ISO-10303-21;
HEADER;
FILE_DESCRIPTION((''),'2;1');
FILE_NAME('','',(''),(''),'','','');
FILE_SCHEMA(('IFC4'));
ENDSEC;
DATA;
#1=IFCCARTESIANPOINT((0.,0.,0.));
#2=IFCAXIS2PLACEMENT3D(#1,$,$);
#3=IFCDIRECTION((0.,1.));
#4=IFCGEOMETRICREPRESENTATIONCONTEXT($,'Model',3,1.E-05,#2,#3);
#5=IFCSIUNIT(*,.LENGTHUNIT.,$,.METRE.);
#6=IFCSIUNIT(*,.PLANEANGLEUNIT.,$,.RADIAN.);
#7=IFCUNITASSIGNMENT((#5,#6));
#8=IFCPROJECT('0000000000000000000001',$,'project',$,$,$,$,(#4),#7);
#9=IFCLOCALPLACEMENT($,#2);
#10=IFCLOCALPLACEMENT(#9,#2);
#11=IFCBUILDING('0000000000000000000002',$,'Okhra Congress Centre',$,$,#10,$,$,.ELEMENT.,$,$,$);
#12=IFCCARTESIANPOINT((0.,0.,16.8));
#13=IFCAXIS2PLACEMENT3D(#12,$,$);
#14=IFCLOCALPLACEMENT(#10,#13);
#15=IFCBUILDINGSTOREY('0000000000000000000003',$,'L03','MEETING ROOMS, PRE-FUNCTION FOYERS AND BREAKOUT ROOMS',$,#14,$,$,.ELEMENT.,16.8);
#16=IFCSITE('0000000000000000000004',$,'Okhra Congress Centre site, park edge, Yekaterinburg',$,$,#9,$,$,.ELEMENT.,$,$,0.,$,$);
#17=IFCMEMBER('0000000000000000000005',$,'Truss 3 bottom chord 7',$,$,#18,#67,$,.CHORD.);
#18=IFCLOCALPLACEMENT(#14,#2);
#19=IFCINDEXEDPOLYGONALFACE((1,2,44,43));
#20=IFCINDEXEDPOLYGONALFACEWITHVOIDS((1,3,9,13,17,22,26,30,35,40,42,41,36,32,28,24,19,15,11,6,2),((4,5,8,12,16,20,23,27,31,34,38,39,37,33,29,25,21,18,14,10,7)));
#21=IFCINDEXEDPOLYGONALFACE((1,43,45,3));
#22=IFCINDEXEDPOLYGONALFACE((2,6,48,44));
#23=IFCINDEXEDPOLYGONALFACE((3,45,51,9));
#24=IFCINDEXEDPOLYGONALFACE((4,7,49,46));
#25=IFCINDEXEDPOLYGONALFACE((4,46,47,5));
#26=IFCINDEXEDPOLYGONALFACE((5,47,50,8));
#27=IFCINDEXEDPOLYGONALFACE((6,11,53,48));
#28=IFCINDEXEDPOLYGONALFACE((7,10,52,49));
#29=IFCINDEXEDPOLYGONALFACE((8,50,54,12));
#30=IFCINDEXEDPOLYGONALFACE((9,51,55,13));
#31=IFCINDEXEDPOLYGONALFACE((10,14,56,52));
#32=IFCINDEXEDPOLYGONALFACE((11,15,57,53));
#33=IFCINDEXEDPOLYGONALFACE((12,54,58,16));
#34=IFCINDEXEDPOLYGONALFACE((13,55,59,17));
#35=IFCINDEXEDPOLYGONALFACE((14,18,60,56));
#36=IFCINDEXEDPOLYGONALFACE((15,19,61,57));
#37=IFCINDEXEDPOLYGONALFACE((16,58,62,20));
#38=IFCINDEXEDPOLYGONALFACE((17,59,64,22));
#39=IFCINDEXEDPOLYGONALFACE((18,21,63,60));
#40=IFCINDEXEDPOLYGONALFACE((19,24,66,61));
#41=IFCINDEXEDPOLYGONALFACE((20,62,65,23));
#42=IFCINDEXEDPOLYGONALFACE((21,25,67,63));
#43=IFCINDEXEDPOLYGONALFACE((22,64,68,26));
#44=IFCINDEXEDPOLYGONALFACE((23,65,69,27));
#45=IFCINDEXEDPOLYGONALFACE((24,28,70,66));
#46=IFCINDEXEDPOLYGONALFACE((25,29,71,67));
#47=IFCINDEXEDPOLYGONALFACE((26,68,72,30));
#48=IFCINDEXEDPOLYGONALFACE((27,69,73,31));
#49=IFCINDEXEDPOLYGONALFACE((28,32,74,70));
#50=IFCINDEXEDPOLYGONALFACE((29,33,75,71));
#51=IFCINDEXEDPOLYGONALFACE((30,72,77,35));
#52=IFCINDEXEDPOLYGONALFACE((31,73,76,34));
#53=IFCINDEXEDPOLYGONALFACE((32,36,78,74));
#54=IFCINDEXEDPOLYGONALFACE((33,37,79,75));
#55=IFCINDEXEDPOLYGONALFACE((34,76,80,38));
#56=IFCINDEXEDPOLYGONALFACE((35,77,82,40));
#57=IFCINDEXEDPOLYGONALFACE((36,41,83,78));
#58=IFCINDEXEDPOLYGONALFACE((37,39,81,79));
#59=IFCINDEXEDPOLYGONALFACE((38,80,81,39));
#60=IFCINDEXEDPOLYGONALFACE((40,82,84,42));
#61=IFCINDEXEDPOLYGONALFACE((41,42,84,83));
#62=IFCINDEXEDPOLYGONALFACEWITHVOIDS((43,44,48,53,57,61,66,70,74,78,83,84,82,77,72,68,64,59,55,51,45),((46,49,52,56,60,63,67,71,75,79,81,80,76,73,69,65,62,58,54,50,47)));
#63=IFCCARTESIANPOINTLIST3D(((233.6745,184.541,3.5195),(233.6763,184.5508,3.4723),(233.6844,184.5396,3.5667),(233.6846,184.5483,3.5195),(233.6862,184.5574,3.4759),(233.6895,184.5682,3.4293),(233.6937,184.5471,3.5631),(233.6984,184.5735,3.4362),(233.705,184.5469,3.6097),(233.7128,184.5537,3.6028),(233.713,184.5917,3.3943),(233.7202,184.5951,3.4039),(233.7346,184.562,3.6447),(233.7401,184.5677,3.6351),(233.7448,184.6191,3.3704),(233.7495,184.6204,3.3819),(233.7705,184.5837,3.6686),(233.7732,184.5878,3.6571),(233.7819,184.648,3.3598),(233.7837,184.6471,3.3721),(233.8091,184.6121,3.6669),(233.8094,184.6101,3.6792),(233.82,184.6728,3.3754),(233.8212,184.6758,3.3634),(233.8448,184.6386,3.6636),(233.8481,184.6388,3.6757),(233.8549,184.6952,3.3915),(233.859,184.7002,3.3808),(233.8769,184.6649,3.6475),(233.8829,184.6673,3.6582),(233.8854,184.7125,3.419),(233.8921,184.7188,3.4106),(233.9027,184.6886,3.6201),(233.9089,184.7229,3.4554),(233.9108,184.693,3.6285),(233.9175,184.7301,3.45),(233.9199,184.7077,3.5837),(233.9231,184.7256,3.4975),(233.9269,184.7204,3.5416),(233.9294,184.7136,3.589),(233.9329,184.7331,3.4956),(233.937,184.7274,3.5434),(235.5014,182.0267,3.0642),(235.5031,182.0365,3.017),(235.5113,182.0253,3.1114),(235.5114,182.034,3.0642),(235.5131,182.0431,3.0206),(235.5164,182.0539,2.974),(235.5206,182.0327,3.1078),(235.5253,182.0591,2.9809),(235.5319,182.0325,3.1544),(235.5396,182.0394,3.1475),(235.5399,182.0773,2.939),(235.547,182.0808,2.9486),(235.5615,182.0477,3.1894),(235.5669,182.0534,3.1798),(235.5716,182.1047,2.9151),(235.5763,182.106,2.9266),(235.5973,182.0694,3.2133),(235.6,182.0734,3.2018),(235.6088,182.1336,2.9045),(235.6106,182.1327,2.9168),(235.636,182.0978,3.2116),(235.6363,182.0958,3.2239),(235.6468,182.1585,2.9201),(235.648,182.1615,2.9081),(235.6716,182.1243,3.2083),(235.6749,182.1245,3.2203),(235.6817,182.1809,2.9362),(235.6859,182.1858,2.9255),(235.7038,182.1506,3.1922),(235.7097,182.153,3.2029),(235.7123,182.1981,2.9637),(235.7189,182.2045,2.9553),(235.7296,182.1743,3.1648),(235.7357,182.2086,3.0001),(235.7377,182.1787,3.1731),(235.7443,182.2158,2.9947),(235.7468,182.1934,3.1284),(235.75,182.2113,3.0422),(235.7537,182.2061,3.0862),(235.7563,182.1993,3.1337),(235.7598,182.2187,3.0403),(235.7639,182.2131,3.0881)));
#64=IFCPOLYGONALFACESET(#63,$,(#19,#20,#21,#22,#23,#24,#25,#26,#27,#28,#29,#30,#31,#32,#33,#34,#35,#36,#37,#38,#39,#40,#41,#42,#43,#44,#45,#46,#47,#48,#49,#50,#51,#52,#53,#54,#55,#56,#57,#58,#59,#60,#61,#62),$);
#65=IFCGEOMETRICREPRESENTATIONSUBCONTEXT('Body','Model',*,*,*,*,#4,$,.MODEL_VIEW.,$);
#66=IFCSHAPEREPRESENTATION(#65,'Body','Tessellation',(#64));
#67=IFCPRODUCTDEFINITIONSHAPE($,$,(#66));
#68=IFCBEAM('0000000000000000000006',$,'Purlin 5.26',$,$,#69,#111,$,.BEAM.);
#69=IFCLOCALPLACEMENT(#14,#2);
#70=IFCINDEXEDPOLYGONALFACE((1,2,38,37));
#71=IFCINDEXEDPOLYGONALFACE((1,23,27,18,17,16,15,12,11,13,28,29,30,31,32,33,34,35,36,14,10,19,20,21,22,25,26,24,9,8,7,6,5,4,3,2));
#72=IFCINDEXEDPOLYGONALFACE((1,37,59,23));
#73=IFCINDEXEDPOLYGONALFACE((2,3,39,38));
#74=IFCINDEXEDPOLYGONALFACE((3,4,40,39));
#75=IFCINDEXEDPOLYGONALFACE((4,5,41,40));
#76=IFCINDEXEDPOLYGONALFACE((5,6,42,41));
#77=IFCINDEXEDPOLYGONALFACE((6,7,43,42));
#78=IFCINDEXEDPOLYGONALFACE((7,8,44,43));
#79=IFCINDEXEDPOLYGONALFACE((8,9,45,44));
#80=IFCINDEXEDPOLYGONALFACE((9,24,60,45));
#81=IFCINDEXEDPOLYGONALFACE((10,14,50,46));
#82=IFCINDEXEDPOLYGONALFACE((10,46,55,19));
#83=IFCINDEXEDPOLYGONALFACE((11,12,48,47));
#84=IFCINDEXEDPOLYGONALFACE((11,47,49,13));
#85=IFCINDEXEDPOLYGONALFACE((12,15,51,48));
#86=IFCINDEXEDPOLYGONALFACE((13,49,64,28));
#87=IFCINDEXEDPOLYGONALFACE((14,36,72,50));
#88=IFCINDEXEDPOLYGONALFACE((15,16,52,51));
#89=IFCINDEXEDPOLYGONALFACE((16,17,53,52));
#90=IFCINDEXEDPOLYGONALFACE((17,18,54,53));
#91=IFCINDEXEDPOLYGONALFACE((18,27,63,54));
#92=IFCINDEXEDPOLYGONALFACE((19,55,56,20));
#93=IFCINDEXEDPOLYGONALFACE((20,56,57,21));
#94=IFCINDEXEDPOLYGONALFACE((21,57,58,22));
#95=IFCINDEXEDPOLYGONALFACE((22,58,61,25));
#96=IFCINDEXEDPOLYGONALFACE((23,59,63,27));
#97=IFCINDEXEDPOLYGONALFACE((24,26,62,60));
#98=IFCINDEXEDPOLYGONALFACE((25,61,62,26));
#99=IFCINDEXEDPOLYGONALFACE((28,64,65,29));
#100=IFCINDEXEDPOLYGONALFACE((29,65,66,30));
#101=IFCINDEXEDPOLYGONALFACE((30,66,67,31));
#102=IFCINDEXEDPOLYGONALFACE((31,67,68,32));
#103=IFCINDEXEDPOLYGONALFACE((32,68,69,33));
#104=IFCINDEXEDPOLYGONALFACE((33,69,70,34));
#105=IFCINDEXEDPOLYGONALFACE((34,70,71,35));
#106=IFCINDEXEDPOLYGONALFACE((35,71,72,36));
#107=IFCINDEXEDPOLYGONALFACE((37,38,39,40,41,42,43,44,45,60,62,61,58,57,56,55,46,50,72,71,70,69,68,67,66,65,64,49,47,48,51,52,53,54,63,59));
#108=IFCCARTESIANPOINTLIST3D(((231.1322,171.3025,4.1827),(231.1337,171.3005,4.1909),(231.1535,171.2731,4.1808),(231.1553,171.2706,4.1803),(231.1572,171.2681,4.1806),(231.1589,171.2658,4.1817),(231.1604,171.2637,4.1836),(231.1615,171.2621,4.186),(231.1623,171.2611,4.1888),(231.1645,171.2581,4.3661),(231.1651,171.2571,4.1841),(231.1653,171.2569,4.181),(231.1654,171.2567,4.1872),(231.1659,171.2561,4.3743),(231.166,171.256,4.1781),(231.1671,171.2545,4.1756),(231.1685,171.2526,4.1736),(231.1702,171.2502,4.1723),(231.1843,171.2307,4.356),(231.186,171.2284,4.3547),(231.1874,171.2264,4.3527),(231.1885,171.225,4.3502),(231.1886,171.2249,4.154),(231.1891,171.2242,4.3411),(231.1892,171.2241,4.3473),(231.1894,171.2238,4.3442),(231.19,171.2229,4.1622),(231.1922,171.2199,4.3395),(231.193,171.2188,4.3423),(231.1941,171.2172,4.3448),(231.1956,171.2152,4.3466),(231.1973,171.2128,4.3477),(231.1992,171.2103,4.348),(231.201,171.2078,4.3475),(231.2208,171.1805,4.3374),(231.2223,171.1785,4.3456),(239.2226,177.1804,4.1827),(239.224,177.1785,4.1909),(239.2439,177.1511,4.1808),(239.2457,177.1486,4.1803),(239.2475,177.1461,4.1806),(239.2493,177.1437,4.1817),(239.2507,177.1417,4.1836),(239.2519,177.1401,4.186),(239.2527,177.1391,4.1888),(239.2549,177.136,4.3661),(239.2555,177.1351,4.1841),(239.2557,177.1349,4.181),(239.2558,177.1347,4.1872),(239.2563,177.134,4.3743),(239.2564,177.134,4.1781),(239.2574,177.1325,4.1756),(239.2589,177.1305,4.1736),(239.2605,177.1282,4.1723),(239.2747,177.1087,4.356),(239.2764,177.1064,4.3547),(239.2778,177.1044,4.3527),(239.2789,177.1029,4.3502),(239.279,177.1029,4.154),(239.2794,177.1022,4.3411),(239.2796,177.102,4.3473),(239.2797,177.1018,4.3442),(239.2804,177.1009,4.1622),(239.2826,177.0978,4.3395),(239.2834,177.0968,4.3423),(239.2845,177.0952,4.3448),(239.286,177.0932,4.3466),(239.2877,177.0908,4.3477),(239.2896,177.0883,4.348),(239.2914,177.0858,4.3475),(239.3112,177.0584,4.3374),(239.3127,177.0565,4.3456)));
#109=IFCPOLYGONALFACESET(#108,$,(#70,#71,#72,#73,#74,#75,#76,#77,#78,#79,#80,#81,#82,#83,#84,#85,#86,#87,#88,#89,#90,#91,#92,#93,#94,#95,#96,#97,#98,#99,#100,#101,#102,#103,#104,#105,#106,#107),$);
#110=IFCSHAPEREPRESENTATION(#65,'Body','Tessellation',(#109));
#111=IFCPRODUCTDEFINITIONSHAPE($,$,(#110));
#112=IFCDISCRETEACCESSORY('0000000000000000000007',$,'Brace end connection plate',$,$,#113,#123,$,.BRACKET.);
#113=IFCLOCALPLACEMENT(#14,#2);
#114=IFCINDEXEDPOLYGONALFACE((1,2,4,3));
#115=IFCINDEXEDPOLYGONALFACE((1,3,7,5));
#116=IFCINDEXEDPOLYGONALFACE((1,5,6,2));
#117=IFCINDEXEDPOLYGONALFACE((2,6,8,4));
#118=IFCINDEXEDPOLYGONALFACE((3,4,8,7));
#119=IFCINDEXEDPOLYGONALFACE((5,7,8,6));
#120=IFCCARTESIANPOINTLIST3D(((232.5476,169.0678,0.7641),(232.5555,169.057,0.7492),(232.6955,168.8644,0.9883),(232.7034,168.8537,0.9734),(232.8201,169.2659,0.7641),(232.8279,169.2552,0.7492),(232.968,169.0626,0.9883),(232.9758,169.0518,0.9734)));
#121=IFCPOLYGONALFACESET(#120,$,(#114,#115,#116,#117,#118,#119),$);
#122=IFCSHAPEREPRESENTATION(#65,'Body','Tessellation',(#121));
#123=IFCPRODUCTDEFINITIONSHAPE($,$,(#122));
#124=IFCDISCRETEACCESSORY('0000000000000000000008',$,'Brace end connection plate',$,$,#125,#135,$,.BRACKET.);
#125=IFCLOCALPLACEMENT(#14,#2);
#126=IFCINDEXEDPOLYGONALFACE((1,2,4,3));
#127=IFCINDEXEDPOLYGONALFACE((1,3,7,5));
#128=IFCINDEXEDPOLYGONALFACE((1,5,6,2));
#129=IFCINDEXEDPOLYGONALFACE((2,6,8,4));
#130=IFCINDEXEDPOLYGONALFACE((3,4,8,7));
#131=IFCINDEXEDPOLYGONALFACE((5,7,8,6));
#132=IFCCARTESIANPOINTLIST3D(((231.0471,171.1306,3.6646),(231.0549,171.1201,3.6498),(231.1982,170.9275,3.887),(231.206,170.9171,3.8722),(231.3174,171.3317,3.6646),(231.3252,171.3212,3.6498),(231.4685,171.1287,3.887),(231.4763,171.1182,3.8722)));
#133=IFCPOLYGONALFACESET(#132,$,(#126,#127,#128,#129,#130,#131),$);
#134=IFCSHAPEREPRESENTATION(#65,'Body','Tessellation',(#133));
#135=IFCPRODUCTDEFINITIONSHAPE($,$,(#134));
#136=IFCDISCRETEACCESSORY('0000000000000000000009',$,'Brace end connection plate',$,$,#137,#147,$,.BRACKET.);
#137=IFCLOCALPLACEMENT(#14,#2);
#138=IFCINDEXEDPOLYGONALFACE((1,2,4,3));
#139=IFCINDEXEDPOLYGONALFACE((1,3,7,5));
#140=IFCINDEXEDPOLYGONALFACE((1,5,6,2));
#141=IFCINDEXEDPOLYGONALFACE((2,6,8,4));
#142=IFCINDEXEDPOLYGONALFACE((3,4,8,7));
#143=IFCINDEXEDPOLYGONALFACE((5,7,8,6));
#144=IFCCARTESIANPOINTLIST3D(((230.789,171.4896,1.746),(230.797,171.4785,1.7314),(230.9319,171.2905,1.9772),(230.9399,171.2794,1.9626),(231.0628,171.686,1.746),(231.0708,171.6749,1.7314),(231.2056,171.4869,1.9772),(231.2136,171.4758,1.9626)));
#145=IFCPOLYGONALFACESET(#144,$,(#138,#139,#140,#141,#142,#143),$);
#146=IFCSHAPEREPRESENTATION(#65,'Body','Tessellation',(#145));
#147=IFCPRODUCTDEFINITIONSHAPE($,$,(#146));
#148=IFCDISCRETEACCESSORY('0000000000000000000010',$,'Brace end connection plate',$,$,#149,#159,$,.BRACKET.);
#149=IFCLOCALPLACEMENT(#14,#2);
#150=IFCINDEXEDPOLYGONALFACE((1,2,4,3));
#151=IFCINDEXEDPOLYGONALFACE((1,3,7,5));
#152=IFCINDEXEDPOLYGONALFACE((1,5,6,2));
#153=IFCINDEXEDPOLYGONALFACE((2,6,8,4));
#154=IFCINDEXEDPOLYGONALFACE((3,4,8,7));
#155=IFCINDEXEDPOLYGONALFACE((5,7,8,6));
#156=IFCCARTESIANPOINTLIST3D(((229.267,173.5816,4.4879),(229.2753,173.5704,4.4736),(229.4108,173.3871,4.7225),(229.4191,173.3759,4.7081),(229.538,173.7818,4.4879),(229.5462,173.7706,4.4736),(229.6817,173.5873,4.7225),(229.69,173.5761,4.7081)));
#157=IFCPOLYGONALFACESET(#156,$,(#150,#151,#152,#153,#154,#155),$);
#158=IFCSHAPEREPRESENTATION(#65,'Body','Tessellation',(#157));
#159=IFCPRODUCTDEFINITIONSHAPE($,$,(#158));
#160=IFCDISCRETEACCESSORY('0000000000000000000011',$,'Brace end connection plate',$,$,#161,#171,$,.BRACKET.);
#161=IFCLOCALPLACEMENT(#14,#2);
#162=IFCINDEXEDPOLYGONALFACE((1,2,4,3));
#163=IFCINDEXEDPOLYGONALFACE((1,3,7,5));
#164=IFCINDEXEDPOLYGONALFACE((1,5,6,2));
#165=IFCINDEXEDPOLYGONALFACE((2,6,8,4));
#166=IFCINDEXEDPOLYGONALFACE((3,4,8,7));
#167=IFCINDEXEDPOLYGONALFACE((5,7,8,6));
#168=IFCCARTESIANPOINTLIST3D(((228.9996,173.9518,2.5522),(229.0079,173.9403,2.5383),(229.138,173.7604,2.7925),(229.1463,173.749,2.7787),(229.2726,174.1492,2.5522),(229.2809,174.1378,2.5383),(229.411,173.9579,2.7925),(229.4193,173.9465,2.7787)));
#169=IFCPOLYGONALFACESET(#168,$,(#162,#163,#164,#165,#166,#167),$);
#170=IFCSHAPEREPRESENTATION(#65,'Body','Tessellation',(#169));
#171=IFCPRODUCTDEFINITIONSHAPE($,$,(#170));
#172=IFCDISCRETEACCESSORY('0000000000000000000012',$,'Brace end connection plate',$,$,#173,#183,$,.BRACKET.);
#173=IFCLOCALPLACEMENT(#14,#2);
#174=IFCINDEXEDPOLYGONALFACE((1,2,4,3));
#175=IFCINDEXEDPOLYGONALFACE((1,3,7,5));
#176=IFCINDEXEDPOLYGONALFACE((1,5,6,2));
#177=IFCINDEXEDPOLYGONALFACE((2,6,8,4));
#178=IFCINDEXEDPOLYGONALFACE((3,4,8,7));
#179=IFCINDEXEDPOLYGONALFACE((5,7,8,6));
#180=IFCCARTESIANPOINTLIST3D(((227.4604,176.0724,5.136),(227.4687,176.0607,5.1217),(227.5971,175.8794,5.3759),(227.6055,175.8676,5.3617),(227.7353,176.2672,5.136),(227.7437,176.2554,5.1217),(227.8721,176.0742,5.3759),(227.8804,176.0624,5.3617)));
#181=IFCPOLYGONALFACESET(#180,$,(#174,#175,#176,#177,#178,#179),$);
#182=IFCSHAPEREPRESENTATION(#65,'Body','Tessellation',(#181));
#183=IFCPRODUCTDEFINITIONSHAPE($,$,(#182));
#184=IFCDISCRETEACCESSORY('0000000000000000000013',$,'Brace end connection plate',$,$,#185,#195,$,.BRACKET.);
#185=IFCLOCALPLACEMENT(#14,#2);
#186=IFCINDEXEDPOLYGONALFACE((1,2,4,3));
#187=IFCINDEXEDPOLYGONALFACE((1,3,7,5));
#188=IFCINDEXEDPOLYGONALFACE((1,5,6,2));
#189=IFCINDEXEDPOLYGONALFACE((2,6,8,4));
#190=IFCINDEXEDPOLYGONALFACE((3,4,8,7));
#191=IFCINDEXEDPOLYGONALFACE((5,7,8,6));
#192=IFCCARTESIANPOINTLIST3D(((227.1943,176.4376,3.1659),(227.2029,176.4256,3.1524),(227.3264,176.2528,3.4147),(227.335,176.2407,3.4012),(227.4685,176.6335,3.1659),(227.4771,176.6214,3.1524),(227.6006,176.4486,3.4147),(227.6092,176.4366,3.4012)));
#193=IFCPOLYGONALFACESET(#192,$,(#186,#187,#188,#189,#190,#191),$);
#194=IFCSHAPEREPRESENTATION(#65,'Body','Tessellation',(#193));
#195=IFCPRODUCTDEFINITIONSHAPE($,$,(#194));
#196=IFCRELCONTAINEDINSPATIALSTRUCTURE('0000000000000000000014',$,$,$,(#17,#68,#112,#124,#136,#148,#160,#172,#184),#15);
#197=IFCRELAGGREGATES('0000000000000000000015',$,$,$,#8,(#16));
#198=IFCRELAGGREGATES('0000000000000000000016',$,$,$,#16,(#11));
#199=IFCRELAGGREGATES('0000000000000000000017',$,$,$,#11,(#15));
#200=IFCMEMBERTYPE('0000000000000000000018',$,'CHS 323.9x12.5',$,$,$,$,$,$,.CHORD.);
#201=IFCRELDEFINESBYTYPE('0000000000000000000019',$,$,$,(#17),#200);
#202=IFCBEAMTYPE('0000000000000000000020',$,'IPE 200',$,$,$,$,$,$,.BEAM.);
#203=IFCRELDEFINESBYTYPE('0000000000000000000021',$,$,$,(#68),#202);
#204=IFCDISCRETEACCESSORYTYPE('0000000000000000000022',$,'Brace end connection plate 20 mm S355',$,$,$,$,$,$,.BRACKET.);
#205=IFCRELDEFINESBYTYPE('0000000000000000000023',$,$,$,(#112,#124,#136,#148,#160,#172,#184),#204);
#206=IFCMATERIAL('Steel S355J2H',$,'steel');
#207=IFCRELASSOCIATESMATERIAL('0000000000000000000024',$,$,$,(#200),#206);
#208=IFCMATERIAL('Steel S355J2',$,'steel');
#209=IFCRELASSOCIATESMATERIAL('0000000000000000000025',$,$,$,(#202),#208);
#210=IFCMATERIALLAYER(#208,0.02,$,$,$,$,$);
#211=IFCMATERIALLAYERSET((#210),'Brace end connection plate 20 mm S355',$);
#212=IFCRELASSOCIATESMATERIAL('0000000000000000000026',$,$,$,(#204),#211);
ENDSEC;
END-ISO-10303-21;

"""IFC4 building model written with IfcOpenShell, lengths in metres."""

from ifc_helpers import new_model, si_unit, direction, frame, origin, origin_2d, place, context, subcontext, project, spatial, rectangle, hollow_circle, i_section, extrude, material, layer, layer_set, material_profile, profile_set, type_object, element, save


model = new_model("IFC4")

# Units and contexts
model_context = context("Model", 3, precision=1e-05, world=origin(), true_north=direction((0.0, 1.0)))
body_context = subcontext(model_context, "Body", "Model", "MODEL_VIEW")
ifc_project = project(units=[si_unit("LENGTHUNIT", "METRE"), si_unit("PLANEANGLEUNIT", "RADIAN")], contexts=[model_context])

# Site, building, storey
site_placement = place(None, origin())
site = spatial("IfcSite", under=ifc_project, at=site_placement, Name="Okhra Congress Centre site, park edge, Yekaterinburg", CompositionType="ELEMENT", RefElevation=0.0)
building_placement = place(site_placement, origin())
building = spatial("IfcBuilding", under=site, at=building_placement, Name="Okhra Congress Centre", CompositionType="ELEMENT")
storey_placement = place(building_placement, frame((0.0, 0.0, 16.8)))
storey = spatial("IfcBuildingStorey", under=building, at=storey_placement, Name="L03", Description="MEETING ROOMS, PRE-FUNCTION FOYERS AND BREAKOUT ROOMS", CompositionType="ELEMENT", Elevation=16.8)

# Member
ifc_material_1 = material(Name="Steel S355J2H", Category="steel")
ifc_material_profile_1 = material_profile(ifc_material_1, hollow_circle(Radius=0.1619, WallThickness=0.0125, at=origin_2d()), Name="CHS 323.9x12.5")
ifc_profile_set_1 = profile_set([ifc_material_profile_1], Name="Steel S355J2H")
member_type_1 = type_object("IfcMemberType", Name="CHS 323.9x12.5", PredefinedType="CHORD", material=ifc_profile_set_1)
for number, where, z_axis, x_axis, name in (
    (1, (235.6323, 182.1218, 3.0642), (-0.581595, 0.80046, 0.144952), (-0.809004, -0.587803, 0.0), "Truss 3 bottom chord 7"),
):
    element("IfcMember", number, at=place(storey_placement, frame(where, z_axis=z_axis, x_axis=x_axis)), inside=storey, type_object=member_type_1, Name=name, PredefinedType="CHORD", context=body_context, shape_type="SweptSolid", body=[
        extrude(hollow_circle(Radius=0.1619, WallThickness=0.0125, at=origin_2d()), origin(), (0.0, 0.0, 1.0), 3.1411),
    ])

# Beam
ifc_material_2 = material(Name="Steel S355J2", Category="steel")
ifc_material_profile_2 = material_profile(ifc_material_2, i_section(OverallWidth=0.1001, OverallDepth=0.2, WebThickness=0.0056, FlangeThickness=0.0085, FilletRadius=0.012, at=origin_2d()), Name="IPE 200")
ifc_profile_set_2 = profile_set([ifc_material_profile_2], Name="Steel S355J2")
beam_type = type_object("IfcBeamType", Name="IPE 200", PredefinedType="BEAM", material=ifc_profile_set_2)
beam_placement = place(storey_placement, frame((231.1772, 171.2405, 4.2642), z_axis=(0.809019, 0.587783, 0.0), x_axis=(-0.56309, 0.775032, 0.286803)))
element("IfcBeam", 2, at=beam_placement, inside=storey, type_object=beam_type, Name="Purlin 5.26", PredefinedType="BEAM", context=body_context, shape_type="SweptSolid", body=[
    extrude(i_section(OverallWidth=0.1001, OverallDepth=0.2, WebThickness=0.0056, FlangeThickness=0.0085, FilletRadius=0.012, at=origin_2d()), origin(), (0.0, 0.0, 1.0), 10.0002),
])

# Discrete accessories
ifc_layer = layer(ifc_material_2, 0.02)
ifc_layer_set = layer_set([ifc_layer], Name="Brace end connection plate 20 mm S355")
discrete_accessory_type = type_object("IfcDiscreteAccessoryType", Name="Brace end connection plate 20 mm S355", PredefinedType="BRACKET", material=ifc_layer_set)
discrete_accessory_1_placement = place(storey_placement, frame((232.7578, 169.0652, 0.8762), z_axis=(0.391498, -0.538309, -0.746293), x_axis=(0.808736, 0.588172, 0.0)))
element("IfcDiscreteAccessory", 3, at=discrete_accessory_1_placement, inside=storey, type_object=discrete_accessory_type, Name="Brace end connection plate", PredefinedType="BRACKET", context=body_context, shape_type="SweptSolid", body=[
    extrude(rectangle(XDim=0.3369, YDim=0.3369, at=origin_2d()), origin(), (0.0, 0.0, 1.0), 0.02),
])
discrete_accessory_2_placement = place(storey_placement, frame((231.2656, 171.1191, 3.761), z_axis=(-0.394072, 0.529534, 0.7512), x_axis=(-0.802233, -0.597011, 0.0)))
element("IfcDiscreteAccessory", 4, at=discrete_accessory_2_placement, inside=storey, type_object=discrete_accessory_type, Name="Brace end connection plate", PredefinedType="BRACKET", context=body_context, shape_type="SweptSolid", body=[
    extrude(rectangle(XDim=0.3369, YDim=0.3369, at=origin_2d()), origin(), (0.0, 0.0, 1.0), 0.0198),
])
for number, where, z_axis, x_axis, name in (
    (5, (230.9973, 171.4883, 1.8616), (0.400037, -0.557627, -0.72734), (0.812538, 0.582908, 0.0), "Brace end connection plate"),
    (6, (229.4827, 173.5732, 4.5908), (-0.413743, 0.55977, 0.717966), (-0.804176, -0.594391, 0.0), "Brace end connection plate"),
):
    element("IfcDiscreteAccessory", number, at=place(storey_placement, frame(where, z_axis=z_axis, x_axis=x_axis)), inside=storey, type_object=discrete_accessory_type, Name=name, PredefinedType="BRACKET", context=body_context, shape_type="SweptSolid", body=[
        extrude(rectangle(XDim=0.3369, YDim=0.3369, at=origin_2d()), origin(), (0.0, 0.0, 1.0), 0.02),
    ])
discrete_accessory_3_placement = place(storey_placement, frame((229.2053, 173.9548, 2.6724), z_axis=(0.418068, -0.577917, -0.700879), x_axis=(0.810224, 0.58612, 0.0)))
element("IfcDiscreteAccessory", 7, at=discrete_accessory_3_placement, inside=storey, type_object=discrete_accessory_type, Name="Brace end connection plate", PredefinedType="BRACKET", context=body_context, shape_type="SweptSolid", body=[
    extrude(rectangle(XDim=0.3369, YDim=0.3369, at=origin_2d()), origin(), (0.0, 0.0, 1.0), 0.0198),
])
discrete_accessory_4_placement = place(storey_placement, frame((227.6746, 176.0615, 5.2417), z_axis=(-0.411585, 0.581061, 0.702115), x_axis=(-0.816024, -0.578017, 0.0)))
element("IfcDiscreteAccessory", 8, at=discrete_accessory_4_placement, inside=storey, type_object=discrete_accessory_type, Name="Brace end connection plate", PredefinedType="BRACKET", context=body_context, shape_type="SweptSolid", body=[
    extrude(rectangle(XDim=0.3369, YDim=0.3369, at=origin_2d()), origin(), (0.0, 0.0, 1.0), 0.0203),
])
for number, where, z_axis, x_axis, name in (
    (9, (227.3975, 176.4431, 3.2903), (0.429165, -0.600831, -0.674403), (0.813733, 0.581238, 0.0), "Brace end connection plate"),
):
    element("IfcDiscreteAccessory", number, at=place(storey_placement, frame(where, z_axis=z_axis, x_axis=x_axis)), inside=storey, type_object=discrete_accessory_type, Name=name, PredefinedType="BRACKET", context=body_context, shape_type="SweptSolid", body=[
        extrude(rectangle(XDim=0.3369, YDim=0.3369, at=origin_2d()), origin(), (0.0, 0.0, 1.0), 0.02),
    ])

save(model, "model.ifc")
